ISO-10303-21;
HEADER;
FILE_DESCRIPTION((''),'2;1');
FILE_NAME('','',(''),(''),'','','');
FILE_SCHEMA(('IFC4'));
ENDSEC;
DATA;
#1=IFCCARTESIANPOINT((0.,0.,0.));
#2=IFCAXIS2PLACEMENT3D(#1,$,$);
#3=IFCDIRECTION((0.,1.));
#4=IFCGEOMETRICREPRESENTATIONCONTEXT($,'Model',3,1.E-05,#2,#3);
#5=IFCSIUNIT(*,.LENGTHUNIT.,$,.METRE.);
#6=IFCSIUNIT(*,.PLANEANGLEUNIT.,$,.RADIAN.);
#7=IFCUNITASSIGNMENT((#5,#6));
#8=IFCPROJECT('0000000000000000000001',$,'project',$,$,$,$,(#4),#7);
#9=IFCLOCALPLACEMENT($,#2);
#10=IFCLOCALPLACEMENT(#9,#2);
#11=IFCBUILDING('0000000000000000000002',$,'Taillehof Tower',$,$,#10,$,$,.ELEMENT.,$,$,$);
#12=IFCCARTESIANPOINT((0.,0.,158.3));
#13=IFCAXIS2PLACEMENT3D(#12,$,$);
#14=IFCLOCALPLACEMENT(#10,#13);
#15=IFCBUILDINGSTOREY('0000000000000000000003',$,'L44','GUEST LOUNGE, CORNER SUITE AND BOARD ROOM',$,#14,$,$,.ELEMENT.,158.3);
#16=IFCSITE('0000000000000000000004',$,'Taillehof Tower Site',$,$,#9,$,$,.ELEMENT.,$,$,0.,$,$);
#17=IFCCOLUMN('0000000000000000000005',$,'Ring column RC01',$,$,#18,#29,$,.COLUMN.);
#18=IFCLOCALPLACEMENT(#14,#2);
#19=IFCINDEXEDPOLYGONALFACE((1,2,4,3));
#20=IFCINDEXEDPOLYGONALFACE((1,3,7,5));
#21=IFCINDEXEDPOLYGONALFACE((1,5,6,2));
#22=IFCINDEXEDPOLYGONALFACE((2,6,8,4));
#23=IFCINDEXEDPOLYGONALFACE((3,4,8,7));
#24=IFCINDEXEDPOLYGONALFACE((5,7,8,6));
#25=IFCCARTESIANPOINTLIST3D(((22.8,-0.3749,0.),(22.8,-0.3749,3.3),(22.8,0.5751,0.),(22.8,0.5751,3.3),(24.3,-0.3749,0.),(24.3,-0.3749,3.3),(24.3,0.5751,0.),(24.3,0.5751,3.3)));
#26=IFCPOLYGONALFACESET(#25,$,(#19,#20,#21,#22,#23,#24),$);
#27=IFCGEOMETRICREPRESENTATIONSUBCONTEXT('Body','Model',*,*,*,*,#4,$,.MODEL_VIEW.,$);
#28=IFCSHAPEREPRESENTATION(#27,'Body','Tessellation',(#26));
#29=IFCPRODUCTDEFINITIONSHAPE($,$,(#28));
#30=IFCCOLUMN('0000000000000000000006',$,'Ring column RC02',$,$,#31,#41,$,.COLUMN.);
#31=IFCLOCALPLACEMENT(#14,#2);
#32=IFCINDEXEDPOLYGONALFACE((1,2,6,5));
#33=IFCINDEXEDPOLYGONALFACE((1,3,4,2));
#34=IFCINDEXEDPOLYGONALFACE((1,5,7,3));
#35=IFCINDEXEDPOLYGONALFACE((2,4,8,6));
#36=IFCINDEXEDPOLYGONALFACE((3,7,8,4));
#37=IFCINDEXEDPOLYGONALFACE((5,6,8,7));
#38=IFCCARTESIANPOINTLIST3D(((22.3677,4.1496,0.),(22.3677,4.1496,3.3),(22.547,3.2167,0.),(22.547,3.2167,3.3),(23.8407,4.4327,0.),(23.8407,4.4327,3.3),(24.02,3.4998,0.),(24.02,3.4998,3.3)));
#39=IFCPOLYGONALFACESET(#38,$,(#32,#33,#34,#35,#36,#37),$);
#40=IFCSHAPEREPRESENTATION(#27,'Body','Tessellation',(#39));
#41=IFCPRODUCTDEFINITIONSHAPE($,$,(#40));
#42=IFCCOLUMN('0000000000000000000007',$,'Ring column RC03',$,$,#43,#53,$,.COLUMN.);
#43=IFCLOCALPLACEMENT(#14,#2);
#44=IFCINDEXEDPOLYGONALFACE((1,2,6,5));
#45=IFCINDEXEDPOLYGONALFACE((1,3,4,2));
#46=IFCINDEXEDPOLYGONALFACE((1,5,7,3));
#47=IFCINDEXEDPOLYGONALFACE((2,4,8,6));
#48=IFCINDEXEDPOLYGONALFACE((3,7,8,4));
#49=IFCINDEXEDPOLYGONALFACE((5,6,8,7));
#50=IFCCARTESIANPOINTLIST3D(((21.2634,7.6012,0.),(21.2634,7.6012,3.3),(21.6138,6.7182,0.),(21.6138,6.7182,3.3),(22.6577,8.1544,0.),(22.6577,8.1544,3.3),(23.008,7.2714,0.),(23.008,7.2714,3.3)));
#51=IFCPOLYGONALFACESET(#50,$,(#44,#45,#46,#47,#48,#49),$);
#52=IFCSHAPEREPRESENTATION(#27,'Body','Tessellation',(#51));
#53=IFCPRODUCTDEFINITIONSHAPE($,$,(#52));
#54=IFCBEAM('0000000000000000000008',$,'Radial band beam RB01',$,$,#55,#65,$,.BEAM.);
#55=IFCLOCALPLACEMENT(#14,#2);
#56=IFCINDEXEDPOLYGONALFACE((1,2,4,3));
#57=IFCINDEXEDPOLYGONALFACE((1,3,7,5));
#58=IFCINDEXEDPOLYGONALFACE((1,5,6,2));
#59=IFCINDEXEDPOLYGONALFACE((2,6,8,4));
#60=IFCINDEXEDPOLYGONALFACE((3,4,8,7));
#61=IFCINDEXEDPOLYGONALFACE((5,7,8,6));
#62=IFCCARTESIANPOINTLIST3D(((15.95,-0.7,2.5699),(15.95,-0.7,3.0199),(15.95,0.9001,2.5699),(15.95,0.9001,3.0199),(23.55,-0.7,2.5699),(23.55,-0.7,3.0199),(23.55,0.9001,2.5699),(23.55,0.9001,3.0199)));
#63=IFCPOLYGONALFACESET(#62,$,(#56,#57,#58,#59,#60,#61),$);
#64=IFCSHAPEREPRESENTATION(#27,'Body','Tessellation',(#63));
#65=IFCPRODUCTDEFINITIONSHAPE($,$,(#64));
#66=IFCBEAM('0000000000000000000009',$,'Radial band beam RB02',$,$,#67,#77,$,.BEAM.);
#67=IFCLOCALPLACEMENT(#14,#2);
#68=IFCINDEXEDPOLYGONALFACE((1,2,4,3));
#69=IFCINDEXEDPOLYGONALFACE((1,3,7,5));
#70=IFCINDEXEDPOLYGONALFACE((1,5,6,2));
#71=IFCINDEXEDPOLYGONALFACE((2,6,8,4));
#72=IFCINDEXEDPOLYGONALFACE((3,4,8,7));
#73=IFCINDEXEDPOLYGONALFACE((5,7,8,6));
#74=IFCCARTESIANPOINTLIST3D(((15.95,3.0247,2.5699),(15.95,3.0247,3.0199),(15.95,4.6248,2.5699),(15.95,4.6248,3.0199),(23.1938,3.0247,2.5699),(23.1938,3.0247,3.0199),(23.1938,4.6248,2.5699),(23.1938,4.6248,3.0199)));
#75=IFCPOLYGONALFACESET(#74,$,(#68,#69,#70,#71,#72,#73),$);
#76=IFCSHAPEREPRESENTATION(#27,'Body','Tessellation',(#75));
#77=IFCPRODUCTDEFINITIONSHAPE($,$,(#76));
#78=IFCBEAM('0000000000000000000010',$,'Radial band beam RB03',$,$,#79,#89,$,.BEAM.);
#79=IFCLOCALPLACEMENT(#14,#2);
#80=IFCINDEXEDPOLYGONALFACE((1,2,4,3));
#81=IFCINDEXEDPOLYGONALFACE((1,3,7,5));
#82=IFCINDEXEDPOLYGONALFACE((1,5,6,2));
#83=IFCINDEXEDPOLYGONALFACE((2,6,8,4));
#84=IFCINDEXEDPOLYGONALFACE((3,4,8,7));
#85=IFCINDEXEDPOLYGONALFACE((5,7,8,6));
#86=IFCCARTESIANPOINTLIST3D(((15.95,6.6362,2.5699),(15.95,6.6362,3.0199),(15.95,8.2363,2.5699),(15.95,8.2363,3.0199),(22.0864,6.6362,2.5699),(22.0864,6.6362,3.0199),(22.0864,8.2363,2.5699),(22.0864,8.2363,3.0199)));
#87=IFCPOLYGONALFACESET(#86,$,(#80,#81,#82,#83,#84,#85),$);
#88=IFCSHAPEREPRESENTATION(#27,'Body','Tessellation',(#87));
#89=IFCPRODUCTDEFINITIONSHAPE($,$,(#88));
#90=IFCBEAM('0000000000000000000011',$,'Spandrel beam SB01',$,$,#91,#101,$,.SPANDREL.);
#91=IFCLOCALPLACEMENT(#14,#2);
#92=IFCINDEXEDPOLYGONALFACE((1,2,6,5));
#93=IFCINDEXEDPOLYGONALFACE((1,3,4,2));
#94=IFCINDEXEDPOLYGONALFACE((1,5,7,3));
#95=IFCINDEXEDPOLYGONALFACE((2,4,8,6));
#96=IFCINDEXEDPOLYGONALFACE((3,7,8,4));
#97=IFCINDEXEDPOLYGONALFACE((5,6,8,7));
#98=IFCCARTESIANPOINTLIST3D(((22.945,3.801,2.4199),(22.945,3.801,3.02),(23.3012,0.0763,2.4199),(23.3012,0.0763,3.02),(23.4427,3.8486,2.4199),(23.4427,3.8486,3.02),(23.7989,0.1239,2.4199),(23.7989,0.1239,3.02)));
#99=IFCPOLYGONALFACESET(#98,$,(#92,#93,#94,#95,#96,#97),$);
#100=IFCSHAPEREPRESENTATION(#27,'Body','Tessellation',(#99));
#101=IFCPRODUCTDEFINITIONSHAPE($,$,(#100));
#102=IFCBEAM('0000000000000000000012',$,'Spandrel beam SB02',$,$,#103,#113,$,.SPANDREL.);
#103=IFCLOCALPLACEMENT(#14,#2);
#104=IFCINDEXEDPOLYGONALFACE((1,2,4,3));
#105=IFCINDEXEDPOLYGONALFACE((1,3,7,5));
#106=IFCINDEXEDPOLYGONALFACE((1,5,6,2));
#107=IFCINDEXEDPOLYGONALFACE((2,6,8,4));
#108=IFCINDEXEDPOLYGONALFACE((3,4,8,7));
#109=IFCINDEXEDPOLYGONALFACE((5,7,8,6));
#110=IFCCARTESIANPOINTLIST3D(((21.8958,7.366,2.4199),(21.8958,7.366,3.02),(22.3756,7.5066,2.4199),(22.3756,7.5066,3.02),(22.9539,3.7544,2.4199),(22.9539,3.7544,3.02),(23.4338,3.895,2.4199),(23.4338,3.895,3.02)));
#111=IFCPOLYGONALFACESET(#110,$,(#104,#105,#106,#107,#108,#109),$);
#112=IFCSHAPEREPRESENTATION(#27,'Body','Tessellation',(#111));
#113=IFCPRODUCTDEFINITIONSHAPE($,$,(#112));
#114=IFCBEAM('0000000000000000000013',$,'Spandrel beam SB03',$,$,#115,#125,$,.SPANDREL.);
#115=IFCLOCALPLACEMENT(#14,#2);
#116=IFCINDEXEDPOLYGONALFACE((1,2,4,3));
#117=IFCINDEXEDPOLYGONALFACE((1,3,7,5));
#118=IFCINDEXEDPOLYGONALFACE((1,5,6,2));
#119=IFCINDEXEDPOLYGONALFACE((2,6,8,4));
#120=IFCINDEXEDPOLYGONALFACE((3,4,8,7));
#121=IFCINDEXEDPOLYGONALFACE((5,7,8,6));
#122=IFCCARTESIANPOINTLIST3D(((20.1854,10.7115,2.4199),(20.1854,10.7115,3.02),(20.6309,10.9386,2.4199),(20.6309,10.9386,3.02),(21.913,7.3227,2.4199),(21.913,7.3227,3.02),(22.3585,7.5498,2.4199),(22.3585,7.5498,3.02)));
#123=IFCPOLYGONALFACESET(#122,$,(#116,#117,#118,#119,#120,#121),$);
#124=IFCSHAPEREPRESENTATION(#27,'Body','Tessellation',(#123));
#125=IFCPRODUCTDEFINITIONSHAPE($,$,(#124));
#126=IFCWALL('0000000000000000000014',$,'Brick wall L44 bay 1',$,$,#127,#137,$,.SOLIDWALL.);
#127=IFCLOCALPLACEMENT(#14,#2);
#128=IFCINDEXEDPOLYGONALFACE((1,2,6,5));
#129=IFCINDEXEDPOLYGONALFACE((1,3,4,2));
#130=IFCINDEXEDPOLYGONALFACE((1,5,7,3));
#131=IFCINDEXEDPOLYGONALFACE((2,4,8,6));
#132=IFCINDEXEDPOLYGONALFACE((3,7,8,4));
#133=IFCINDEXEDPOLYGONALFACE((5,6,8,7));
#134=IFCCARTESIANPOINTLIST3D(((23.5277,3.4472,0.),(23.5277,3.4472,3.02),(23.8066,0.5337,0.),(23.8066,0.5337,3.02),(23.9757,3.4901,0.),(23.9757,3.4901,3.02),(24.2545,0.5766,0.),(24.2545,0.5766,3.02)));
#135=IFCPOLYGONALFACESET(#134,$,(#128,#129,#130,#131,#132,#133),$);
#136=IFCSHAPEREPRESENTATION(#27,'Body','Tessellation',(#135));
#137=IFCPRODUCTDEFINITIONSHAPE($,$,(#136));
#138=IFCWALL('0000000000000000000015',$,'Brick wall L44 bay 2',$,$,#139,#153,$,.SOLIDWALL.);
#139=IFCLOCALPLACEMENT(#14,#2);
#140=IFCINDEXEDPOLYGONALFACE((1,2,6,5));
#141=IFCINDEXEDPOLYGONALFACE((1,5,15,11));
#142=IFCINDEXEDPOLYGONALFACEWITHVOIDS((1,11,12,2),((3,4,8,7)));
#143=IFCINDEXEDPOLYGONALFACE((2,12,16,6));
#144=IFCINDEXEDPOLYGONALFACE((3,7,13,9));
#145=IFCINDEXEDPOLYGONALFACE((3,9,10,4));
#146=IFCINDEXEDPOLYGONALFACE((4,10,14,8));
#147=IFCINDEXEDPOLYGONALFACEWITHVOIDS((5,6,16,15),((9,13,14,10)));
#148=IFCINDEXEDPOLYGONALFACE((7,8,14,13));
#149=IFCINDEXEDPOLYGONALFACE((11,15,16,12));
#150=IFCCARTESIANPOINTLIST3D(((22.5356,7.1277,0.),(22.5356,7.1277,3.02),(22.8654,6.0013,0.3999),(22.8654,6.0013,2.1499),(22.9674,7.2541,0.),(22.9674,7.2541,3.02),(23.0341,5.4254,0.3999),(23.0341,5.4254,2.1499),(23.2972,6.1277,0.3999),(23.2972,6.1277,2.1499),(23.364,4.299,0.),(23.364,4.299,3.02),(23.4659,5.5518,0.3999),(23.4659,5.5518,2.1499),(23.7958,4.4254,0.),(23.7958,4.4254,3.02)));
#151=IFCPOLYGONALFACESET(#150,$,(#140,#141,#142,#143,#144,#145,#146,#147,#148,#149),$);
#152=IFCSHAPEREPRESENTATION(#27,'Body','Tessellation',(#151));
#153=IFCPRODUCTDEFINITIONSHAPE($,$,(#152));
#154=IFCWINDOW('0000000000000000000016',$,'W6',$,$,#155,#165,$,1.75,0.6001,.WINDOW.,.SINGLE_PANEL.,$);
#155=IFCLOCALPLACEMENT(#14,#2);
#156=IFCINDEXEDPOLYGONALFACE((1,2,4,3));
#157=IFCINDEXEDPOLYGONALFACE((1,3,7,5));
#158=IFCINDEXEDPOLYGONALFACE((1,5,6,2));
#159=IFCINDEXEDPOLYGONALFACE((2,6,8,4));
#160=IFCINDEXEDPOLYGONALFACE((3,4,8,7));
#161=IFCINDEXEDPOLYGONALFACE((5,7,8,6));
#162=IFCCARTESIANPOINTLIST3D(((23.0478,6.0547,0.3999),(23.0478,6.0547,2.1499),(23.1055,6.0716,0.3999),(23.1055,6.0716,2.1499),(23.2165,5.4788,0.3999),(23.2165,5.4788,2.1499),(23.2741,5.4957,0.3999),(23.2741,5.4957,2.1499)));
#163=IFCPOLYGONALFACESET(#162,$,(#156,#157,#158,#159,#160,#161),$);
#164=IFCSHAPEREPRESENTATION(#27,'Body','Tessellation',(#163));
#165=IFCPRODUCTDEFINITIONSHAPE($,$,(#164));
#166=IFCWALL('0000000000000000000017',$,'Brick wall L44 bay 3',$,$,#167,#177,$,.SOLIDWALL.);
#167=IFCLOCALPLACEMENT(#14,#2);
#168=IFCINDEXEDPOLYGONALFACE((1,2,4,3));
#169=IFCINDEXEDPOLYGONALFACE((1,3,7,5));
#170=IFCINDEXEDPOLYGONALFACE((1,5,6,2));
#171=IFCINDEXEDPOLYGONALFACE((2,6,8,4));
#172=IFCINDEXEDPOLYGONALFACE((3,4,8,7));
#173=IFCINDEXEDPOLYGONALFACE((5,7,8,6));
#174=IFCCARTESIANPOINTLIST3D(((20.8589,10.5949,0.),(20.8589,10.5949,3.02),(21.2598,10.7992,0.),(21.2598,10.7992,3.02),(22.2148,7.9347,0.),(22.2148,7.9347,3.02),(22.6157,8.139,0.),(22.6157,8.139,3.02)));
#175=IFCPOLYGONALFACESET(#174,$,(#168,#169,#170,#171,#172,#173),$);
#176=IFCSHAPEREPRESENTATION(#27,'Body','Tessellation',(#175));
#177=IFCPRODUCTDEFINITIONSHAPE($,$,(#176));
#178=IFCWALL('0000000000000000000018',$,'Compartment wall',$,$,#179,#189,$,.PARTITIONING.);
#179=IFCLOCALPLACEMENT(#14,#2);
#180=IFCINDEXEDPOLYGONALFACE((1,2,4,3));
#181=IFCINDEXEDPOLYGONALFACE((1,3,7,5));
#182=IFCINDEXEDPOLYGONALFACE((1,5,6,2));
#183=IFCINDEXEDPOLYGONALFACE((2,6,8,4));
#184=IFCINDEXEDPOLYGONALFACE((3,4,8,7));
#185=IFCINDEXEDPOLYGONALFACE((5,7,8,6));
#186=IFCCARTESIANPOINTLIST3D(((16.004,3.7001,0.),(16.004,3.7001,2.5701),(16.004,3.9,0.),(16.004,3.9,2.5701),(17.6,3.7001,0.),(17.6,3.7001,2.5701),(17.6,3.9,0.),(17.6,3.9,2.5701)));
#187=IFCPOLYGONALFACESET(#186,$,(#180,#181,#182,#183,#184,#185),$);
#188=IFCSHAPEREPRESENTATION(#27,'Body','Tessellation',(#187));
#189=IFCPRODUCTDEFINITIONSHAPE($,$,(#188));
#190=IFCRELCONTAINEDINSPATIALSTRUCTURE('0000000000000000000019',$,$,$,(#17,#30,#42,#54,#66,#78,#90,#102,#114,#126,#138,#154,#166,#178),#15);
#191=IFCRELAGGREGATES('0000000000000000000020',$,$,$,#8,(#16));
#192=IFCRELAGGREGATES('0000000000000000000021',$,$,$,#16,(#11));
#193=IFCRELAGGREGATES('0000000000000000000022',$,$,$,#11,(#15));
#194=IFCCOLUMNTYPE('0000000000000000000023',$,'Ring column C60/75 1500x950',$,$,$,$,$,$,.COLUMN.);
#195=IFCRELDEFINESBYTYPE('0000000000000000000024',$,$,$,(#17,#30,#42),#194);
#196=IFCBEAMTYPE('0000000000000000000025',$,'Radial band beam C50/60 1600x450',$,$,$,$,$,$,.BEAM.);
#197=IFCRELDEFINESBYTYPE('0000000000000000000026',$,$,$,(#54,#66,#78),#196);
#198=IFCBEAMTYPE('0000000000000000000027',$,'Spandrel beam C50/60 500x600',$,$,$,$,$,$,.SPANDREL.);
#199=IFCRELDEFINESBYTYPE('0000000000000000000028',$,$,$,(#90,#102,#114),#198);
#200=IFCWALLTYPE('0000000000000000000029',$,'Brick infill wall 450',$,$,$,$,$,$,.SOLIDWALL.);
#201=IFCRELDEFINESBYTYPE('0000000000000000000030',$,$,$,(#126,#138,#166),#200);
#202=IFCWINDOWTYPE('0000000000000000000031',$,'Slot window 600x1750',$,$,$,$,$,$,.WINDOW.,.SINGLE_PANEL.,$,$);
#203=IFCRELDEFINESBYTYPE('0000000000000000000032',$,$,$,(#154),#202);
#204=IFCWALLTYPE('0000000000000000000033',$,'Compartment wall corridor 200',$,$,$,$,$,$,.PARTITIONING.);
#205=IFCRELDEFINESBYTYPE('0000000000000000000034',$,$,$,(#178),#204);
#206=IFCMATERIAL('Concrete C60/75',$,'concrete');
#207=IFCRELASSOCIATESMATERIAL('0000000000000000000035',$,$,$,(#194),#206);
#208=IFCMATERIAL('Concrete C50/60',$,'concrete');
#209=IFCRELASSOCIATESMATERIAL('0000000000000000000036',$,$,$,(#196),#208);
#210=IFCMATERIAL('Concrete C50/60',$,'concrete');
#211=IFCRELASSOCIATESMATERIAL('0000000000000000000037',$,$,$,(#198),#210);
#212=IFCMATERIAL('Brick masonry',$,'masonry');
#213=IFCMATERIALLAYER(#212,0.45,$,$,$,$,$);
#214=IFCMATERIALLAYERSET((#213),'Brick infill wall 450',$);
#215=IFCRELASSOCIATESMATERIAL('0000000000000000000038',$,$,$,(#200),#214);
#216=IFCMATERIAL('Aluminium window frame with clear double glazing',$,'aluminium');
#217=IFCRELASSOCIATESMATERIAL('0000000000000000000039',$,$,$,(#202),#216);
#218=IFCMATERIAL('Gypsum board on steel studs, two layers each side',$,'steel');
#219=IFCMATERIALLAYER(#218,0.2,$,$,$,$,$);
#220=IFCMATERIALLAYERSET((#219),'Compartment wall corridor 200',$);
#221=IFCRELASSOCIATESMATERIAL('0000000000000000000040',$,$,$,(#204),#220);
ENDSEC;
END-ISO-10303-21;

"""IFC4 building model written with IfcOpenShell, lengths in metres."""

from ifc_helpers import new_model, si_unit, direction, frame, frame_2d, origin, origin_2d, place, context, subcontext, project, spatial, rectangle, extrude, material, layer, layer_set, material_profile, profile_set, type_object, element, fill, save


model = new_model("IFC4")

# Units and contexts
model_context = context("Model", 3, precision=1e-05, world=origin(), true_north=direction((0.0, 1.0)))
body_context = subcontext(model_context, "Body", "Model", "MODEL_VIEW")
ifc_project = project(units=[si_unit("LENGTHUNIT", "METRE"), si_unit("PLANEANGLEUNIT", "RADIAN")], contexts=[model_context])

# Site, building, storey
site_placement = place(None, origin())
site = spatial("IfcSite", under=ifc_project, at=site_placement, Name="Taillehof Tower Site", CompositionType="ELEMENT", RefElevation=0.0)
building_placement = place(site_placement, origin())
building = spatial("IfcBuilding", under=site, at=building_placement, Name="Taillehof Tower", CompositionType="ELEMENT")
storey_placement = place(building_placement, frame((0.0, 0.0, 158.3)))
storey = spatial("IfcBuildingStorey", under=building, at=storey_placement, Name="L44", Description="GUEST LOUNGE, CORNER SUITE AND BOARD ROOM", CompositionType="ELEMENT", Elevation=158.3)

# Columns
ifc_material_1 = material(Name="Concrete C60/75", Category="concrete")
ifc_material_profile_1 = material_profile(ifc_material_1, rectangle(XDim=1.5, YDim=0.95, at=origin_2d()), Name="RC 1500x950")
ifc_profile_set_1 = profile_set([ifc_material_profile_1], Name="Concrete C60/75")
column_type = type_object("IfcColumnType", Name="Ring column C60/75 1500x950", PredefinedType="COLUMN", material=ifc_profile_set_1)
for number, where, z_axis, x_axis, name in (
    (1, (23.55, 0.1001, 0.0), (0.0, 0.0, 1.0), (1.0, 0.0, 0.0), "Ring column RC01"),
    (2, (23.1938, 3.8247, 0.0), (0.0, 0.0, 1.0), (0.982024, 0.188757, 0.0), "Ring column RC02"),
    (3, (22.1357, 7.4363, 0.0), (0.0, 0.0, 1.0), (0.929511, 0.368793, 0.0), "Ring column RC03"),
):
    element("IfcColumn", number, at=place(storey_placement, frame(where, z_axis=z_axis, x_axis=x_axis)), inside=storey, type_object=column_type, Name=name, PredefinedType="COLUMN", context=body_context, shape_type="SweptSolid", body=[
        extrude(rectangle(XDim=1.5, YDim=0.95, at=origin_2d()), origin(), (0.0, 0.0, 1.0), 3.3),
    ])

# Beams
ifc_material_2 = material(Name="Concrete C50/60", Category="concrete")
ifc_material_profile_2 = material_profile(ifc_material_2, rectangle(XDim=1.6001, YDim=0.45, at=origin_2d()), Name="RC 1600x450")
ifc_profile_set_2 = profile_set([ifc_material_profile_2], Name="Concrete C50/60")
beam_type_1 = type_object("IfcBeamType", Name="Radial band beam C50/60 1600x450", PredefinedType="BEAM", material=ifc_profile_set_2)
beam_1_placement = place(storey_placement, frame((23.55, 0.1001, 2.7949), z_axis=(-1.0, 0.0, 0.0), x_axis=(0.0, -1.0, 0.0)))
element("IfcBeam", 4, at=beam_1_placement, inside=storey, type_object=beam_type_1, Name="Radial band beam RB01", PredefinedType="BEAM", context=body_context, shape_type="SweptSolid", body=[
    extrude(rectangle(XDim=1.6001, YDim=0.45, at=origin_2d()), origin(), (0.0, 0.0, 1.0), 7.6001),
])
beam_2_placement = place(storey_placement, frame((23.1938, 3.8247, 2.7949), z_axis=(-1.0, 0.0, 0.0), x_axis=(0.0, -1.0, 0.0)))
element("IfcBeam", 5, at=beam_2_placement, inside=storey, type_object=beam_type_1, Name="Radial band beam RB02", PredefinedType="BEAM", context=body_context, shape_type="SweptSolid", body=[
    extrude(rectangle(XDim=1.6001, YDim=0.45, at=origin_2d()), origin(), (0.0, 0.0, 1.0), 7.2439),
])
beam_3_placement = place(storey_placement, frame((22.0864, 7.4363, 2.7949), z_axis=(-1.0, 0.0, 0.0), x_axis=(0.0, -1.0, 0.0)))
element("IfcBeam", 6, at=beam_3_placement, inside=storey, type_object=beam_type_1, Name="Radial band beam RB03", PredefinedType="BEAM", context=body_context, shape_type="SweptSolid", body=[
    extrude(rectangle(XDim=1.6001, YDim=0.45, at=origin_2d()), origin(), (0.0, 0.0, 1.0), 6.1365),
])
ifc_material_3 = material(Name="Concrete C50/60", Category="concrete")
ifc_material_profile_3 = material_profile(ifc_material_3, rectangle(XDim=0.5, YDim=0.6001, at=origin_2d()), Name="RC 500x600")
ifc_profile_set_3 = profile_set([ifc_material_profile_3], Name="Concrete C50/60")
beam_type_2 = type_object("IfcBeamType", Name="Spandrel beam C50/60 500x600", PredefinedType="SPANDREL", material=ifc_profile_set_3)
beam_4_placement = place(storey_placement, frame((23.55, 0.1001, 2.72), z_axis=(-0.0952, 0.995458, 0.0), x_axis=(-0.995458, -0.0952, 0.0)))
element("IfcBeam", 7, at=beam_4_placement, inside=storey, type_object=beam_type_2, Name="Spandrel beam SB01", PredefinedType="SPANDREL", context=body_context, shape_type="SweptSolid", body=[
    extrude(rectangle(XDim=0.5, YDim=0.6001, at=origin_2d()), origin(), (0.0, 0.0, 1.0), 3.7417),
])
beam_5_placement = place(storey_placement, frame((23.1938, 3.8247, 2.72), z_axis=(-0.281158, 0.959661, 0.0), x_axis=(-0.959661, -0.281158, 0.0)))
element("IfcBeam", 8, at=beam_5_placement, inside=storey, type_object=beam_type_2, Name="Spandrel beam SB02", PredefinedType="SPANDREL", context=body_context, shape_type="SweptSolid", body=[
    extrude(rectangle(XDim=0.5, YDim=0.6001, at=origin_2d()), origin(), (0.0, 0.0, 1.0), 3.7634),
])
beam_6_placement = place(storey_placement, frame((22.1357, 7.4363, 2.72), z_axis=(-0.454183, 0.890908, 0.0), x_axis=(-0.890908, -0.454183, 0.0)))
element("IfcBeam", 9, at=beam_6_placement, inside=storey, type_object=beam_type_2, Name="Spandrel beam SB03", PredefinedType="SPANDREL", context=body_context, shape_type="SweptSolid", body=[
    extrude(rectangle(XDim=0.5, YDim=0.6001, at=origin_2d()), origin(), (0.0, 0.0, 1.0), 3.8037),
])

# Wall
ifc_material_4 = material(Name="Brick masonry", Category="masonry")
ifc_layer_1 = layer(ifc_material_4, 0.45)
ifc_layer_set_1 = layer_set([ifc_layer_1], Name="Brick infill wall 450")
wall_type_1 = type_object("IfcWallType", Name="Brick infill wall 450", PredefinedType="SOLIDWALL", material=ifc_layer_set_1)
wall_1_placement = place(storey_placement, frame((24.0305, 0.5552, 0.0), z_axis=(0.0, 0.0, 1.0), x_axis=(-0.095266, 0.995452, 0.0)))
element("IfcWall", 10, at=wall_1_placement, inside=storey, type_object=wall_type_1, Name="Brick wall L44 bay 1", PredefinedType="SOLIDWALL", context=body_context, shape_type="SweptSolid", body=[
    extrude(rectangle(XDim=2.9268, YDim=0.45, at=frame_2d((1.4634, 0.0))), origin(), (0.0, 0.0, 1.0), 3.02),
])

# Wall, opening, window
wall_2_placement = place(storey_placement, frame((23.5798, 4.3623, 0.0), z_axis=(0.0, 0.0, 1.0), x_axis=(-0.281049, 0.959693, 0.0)))
wall_2 = element("IfcWall", 11, at=wall_2_placement, inside=storey, type_object=wall_type_1, Name="Brick wall L44 bay 2", PredefinedType="SOLIDWALL", context=body_context, shape_type="SweptSolid", body=[
    extrude(rectangle(XDim=2.9475, YDim=0.45, at=frame_2d((1.4736, 0.0))), origin(), (0.0, 0.0, 1.0), 3.02),
])
opening_placement = place(wall_2_placement, frame((1.1736, 0.0, 0.3999)))
opening = element("IfcOpeningElement", 12, at=opening_placement, cuts=wall_2, PredefinedType="OPENING", context=body_context, shape_type="SweptSolid", body=[
    extrude(rectangle(XDim=0.6001, YDim=1.75, at=frame_2d((0.3, 0.875))), frame((0.0, 0.2349, 0.0), z_axis=(0.0, -1.0, 0.0), x_axis=(1.0, 0.0, 0.0)), (0.0, 0.0, 1.0), 0.47),
])
ifc_material_5 = material(Name="Aluminium window frame with clear double glazing", Category="aluminium")
window_type = type_object("IfcWindowType", Name="Slot window 600x1750", PartitioningType="SINGLE_PANEL", PredefinedType="WINDOW", material=ifc_material_5)
window_placement = place(opening_placement, origin())
window = element("IfcWindow", 13, at=window_placement, inside=storey, type_object=window_type, Name="W6", OverallHeight=1.75, OverallWidth=0.6001, PartitioningType="SINGLE_PANEL", PredefinedType="WINDOW", context=body_context, shape_type="SweptSolid", body=[
    extrude(rectangle(XDim=0.6001, YDim=1.75, at=frame_2d((0.3, 0.875))), frame((0.0, 0.0349, 0.0), z_axis=(0.0, -1.0, 0.0), x_axis=(1.0, 0.0, 0.0)), (0.0, 0.0, 1.0), 0.0601),
])
fill(opening, window)

# Walls
wall_3_placement = place(storey_placement, frame((22.4153, 8.0369, 0.0), z_axis=(0.0, 0.0, 1.0), x_axis=(-0.454134, 0.890933, 0.0)))
element("IfcWall", 14, at=wall_3_placement, inside=storey, type_object=wall_type_1, Name="Brick wall L44 bay 3", PredefinedType="SOLIDWALL", context=body_context, shape_type="SweptSolid", body=[
    extrude(rectangle(XDim=2.9858, YDim=0.45, at=frame_2d((1.4929, 0.0))), origin(), (0.0, 0.0, 1.0), 3.02),
])
ifc_material_6 = material(Name="Gypsum board on steel studs, two layers each side", Category="steel")
ifc_layer_2 = layer(ifc_material_6, 0.2)
ifc_layer_set_2 = layer_set([ifc_layer_2], Name="Compartment wall corridor 200")
wall_type_2 = type_object("IfcWallType", Name="Compartment wall corridor 200", PredefinedType="PARTITIONING", material=ifc_layer_set_2)
wall_4_placement = place(storey_placement, frame((17.5999, 3.8, 0.0), z_axis=(0.0, 0.0, 1.0), x_axis=(-1.0, 0.0, 0.0)))
element("IfcWall", 15, at=wall_4_placement, inside=storey, type_object=wall_type_2, Name="Compartment wall", PredefinedType="PARTITIONING", context=body_context, shape_type="SweptSolid", body=[
    extrude(rectangle(XDim=1.5959, YDim=0.2, at=frame_2d((0.7979, 0.0))), origin(), (0.0, 0.0, 1.0), 2.5701),
])

save(model, "model.ifc")
